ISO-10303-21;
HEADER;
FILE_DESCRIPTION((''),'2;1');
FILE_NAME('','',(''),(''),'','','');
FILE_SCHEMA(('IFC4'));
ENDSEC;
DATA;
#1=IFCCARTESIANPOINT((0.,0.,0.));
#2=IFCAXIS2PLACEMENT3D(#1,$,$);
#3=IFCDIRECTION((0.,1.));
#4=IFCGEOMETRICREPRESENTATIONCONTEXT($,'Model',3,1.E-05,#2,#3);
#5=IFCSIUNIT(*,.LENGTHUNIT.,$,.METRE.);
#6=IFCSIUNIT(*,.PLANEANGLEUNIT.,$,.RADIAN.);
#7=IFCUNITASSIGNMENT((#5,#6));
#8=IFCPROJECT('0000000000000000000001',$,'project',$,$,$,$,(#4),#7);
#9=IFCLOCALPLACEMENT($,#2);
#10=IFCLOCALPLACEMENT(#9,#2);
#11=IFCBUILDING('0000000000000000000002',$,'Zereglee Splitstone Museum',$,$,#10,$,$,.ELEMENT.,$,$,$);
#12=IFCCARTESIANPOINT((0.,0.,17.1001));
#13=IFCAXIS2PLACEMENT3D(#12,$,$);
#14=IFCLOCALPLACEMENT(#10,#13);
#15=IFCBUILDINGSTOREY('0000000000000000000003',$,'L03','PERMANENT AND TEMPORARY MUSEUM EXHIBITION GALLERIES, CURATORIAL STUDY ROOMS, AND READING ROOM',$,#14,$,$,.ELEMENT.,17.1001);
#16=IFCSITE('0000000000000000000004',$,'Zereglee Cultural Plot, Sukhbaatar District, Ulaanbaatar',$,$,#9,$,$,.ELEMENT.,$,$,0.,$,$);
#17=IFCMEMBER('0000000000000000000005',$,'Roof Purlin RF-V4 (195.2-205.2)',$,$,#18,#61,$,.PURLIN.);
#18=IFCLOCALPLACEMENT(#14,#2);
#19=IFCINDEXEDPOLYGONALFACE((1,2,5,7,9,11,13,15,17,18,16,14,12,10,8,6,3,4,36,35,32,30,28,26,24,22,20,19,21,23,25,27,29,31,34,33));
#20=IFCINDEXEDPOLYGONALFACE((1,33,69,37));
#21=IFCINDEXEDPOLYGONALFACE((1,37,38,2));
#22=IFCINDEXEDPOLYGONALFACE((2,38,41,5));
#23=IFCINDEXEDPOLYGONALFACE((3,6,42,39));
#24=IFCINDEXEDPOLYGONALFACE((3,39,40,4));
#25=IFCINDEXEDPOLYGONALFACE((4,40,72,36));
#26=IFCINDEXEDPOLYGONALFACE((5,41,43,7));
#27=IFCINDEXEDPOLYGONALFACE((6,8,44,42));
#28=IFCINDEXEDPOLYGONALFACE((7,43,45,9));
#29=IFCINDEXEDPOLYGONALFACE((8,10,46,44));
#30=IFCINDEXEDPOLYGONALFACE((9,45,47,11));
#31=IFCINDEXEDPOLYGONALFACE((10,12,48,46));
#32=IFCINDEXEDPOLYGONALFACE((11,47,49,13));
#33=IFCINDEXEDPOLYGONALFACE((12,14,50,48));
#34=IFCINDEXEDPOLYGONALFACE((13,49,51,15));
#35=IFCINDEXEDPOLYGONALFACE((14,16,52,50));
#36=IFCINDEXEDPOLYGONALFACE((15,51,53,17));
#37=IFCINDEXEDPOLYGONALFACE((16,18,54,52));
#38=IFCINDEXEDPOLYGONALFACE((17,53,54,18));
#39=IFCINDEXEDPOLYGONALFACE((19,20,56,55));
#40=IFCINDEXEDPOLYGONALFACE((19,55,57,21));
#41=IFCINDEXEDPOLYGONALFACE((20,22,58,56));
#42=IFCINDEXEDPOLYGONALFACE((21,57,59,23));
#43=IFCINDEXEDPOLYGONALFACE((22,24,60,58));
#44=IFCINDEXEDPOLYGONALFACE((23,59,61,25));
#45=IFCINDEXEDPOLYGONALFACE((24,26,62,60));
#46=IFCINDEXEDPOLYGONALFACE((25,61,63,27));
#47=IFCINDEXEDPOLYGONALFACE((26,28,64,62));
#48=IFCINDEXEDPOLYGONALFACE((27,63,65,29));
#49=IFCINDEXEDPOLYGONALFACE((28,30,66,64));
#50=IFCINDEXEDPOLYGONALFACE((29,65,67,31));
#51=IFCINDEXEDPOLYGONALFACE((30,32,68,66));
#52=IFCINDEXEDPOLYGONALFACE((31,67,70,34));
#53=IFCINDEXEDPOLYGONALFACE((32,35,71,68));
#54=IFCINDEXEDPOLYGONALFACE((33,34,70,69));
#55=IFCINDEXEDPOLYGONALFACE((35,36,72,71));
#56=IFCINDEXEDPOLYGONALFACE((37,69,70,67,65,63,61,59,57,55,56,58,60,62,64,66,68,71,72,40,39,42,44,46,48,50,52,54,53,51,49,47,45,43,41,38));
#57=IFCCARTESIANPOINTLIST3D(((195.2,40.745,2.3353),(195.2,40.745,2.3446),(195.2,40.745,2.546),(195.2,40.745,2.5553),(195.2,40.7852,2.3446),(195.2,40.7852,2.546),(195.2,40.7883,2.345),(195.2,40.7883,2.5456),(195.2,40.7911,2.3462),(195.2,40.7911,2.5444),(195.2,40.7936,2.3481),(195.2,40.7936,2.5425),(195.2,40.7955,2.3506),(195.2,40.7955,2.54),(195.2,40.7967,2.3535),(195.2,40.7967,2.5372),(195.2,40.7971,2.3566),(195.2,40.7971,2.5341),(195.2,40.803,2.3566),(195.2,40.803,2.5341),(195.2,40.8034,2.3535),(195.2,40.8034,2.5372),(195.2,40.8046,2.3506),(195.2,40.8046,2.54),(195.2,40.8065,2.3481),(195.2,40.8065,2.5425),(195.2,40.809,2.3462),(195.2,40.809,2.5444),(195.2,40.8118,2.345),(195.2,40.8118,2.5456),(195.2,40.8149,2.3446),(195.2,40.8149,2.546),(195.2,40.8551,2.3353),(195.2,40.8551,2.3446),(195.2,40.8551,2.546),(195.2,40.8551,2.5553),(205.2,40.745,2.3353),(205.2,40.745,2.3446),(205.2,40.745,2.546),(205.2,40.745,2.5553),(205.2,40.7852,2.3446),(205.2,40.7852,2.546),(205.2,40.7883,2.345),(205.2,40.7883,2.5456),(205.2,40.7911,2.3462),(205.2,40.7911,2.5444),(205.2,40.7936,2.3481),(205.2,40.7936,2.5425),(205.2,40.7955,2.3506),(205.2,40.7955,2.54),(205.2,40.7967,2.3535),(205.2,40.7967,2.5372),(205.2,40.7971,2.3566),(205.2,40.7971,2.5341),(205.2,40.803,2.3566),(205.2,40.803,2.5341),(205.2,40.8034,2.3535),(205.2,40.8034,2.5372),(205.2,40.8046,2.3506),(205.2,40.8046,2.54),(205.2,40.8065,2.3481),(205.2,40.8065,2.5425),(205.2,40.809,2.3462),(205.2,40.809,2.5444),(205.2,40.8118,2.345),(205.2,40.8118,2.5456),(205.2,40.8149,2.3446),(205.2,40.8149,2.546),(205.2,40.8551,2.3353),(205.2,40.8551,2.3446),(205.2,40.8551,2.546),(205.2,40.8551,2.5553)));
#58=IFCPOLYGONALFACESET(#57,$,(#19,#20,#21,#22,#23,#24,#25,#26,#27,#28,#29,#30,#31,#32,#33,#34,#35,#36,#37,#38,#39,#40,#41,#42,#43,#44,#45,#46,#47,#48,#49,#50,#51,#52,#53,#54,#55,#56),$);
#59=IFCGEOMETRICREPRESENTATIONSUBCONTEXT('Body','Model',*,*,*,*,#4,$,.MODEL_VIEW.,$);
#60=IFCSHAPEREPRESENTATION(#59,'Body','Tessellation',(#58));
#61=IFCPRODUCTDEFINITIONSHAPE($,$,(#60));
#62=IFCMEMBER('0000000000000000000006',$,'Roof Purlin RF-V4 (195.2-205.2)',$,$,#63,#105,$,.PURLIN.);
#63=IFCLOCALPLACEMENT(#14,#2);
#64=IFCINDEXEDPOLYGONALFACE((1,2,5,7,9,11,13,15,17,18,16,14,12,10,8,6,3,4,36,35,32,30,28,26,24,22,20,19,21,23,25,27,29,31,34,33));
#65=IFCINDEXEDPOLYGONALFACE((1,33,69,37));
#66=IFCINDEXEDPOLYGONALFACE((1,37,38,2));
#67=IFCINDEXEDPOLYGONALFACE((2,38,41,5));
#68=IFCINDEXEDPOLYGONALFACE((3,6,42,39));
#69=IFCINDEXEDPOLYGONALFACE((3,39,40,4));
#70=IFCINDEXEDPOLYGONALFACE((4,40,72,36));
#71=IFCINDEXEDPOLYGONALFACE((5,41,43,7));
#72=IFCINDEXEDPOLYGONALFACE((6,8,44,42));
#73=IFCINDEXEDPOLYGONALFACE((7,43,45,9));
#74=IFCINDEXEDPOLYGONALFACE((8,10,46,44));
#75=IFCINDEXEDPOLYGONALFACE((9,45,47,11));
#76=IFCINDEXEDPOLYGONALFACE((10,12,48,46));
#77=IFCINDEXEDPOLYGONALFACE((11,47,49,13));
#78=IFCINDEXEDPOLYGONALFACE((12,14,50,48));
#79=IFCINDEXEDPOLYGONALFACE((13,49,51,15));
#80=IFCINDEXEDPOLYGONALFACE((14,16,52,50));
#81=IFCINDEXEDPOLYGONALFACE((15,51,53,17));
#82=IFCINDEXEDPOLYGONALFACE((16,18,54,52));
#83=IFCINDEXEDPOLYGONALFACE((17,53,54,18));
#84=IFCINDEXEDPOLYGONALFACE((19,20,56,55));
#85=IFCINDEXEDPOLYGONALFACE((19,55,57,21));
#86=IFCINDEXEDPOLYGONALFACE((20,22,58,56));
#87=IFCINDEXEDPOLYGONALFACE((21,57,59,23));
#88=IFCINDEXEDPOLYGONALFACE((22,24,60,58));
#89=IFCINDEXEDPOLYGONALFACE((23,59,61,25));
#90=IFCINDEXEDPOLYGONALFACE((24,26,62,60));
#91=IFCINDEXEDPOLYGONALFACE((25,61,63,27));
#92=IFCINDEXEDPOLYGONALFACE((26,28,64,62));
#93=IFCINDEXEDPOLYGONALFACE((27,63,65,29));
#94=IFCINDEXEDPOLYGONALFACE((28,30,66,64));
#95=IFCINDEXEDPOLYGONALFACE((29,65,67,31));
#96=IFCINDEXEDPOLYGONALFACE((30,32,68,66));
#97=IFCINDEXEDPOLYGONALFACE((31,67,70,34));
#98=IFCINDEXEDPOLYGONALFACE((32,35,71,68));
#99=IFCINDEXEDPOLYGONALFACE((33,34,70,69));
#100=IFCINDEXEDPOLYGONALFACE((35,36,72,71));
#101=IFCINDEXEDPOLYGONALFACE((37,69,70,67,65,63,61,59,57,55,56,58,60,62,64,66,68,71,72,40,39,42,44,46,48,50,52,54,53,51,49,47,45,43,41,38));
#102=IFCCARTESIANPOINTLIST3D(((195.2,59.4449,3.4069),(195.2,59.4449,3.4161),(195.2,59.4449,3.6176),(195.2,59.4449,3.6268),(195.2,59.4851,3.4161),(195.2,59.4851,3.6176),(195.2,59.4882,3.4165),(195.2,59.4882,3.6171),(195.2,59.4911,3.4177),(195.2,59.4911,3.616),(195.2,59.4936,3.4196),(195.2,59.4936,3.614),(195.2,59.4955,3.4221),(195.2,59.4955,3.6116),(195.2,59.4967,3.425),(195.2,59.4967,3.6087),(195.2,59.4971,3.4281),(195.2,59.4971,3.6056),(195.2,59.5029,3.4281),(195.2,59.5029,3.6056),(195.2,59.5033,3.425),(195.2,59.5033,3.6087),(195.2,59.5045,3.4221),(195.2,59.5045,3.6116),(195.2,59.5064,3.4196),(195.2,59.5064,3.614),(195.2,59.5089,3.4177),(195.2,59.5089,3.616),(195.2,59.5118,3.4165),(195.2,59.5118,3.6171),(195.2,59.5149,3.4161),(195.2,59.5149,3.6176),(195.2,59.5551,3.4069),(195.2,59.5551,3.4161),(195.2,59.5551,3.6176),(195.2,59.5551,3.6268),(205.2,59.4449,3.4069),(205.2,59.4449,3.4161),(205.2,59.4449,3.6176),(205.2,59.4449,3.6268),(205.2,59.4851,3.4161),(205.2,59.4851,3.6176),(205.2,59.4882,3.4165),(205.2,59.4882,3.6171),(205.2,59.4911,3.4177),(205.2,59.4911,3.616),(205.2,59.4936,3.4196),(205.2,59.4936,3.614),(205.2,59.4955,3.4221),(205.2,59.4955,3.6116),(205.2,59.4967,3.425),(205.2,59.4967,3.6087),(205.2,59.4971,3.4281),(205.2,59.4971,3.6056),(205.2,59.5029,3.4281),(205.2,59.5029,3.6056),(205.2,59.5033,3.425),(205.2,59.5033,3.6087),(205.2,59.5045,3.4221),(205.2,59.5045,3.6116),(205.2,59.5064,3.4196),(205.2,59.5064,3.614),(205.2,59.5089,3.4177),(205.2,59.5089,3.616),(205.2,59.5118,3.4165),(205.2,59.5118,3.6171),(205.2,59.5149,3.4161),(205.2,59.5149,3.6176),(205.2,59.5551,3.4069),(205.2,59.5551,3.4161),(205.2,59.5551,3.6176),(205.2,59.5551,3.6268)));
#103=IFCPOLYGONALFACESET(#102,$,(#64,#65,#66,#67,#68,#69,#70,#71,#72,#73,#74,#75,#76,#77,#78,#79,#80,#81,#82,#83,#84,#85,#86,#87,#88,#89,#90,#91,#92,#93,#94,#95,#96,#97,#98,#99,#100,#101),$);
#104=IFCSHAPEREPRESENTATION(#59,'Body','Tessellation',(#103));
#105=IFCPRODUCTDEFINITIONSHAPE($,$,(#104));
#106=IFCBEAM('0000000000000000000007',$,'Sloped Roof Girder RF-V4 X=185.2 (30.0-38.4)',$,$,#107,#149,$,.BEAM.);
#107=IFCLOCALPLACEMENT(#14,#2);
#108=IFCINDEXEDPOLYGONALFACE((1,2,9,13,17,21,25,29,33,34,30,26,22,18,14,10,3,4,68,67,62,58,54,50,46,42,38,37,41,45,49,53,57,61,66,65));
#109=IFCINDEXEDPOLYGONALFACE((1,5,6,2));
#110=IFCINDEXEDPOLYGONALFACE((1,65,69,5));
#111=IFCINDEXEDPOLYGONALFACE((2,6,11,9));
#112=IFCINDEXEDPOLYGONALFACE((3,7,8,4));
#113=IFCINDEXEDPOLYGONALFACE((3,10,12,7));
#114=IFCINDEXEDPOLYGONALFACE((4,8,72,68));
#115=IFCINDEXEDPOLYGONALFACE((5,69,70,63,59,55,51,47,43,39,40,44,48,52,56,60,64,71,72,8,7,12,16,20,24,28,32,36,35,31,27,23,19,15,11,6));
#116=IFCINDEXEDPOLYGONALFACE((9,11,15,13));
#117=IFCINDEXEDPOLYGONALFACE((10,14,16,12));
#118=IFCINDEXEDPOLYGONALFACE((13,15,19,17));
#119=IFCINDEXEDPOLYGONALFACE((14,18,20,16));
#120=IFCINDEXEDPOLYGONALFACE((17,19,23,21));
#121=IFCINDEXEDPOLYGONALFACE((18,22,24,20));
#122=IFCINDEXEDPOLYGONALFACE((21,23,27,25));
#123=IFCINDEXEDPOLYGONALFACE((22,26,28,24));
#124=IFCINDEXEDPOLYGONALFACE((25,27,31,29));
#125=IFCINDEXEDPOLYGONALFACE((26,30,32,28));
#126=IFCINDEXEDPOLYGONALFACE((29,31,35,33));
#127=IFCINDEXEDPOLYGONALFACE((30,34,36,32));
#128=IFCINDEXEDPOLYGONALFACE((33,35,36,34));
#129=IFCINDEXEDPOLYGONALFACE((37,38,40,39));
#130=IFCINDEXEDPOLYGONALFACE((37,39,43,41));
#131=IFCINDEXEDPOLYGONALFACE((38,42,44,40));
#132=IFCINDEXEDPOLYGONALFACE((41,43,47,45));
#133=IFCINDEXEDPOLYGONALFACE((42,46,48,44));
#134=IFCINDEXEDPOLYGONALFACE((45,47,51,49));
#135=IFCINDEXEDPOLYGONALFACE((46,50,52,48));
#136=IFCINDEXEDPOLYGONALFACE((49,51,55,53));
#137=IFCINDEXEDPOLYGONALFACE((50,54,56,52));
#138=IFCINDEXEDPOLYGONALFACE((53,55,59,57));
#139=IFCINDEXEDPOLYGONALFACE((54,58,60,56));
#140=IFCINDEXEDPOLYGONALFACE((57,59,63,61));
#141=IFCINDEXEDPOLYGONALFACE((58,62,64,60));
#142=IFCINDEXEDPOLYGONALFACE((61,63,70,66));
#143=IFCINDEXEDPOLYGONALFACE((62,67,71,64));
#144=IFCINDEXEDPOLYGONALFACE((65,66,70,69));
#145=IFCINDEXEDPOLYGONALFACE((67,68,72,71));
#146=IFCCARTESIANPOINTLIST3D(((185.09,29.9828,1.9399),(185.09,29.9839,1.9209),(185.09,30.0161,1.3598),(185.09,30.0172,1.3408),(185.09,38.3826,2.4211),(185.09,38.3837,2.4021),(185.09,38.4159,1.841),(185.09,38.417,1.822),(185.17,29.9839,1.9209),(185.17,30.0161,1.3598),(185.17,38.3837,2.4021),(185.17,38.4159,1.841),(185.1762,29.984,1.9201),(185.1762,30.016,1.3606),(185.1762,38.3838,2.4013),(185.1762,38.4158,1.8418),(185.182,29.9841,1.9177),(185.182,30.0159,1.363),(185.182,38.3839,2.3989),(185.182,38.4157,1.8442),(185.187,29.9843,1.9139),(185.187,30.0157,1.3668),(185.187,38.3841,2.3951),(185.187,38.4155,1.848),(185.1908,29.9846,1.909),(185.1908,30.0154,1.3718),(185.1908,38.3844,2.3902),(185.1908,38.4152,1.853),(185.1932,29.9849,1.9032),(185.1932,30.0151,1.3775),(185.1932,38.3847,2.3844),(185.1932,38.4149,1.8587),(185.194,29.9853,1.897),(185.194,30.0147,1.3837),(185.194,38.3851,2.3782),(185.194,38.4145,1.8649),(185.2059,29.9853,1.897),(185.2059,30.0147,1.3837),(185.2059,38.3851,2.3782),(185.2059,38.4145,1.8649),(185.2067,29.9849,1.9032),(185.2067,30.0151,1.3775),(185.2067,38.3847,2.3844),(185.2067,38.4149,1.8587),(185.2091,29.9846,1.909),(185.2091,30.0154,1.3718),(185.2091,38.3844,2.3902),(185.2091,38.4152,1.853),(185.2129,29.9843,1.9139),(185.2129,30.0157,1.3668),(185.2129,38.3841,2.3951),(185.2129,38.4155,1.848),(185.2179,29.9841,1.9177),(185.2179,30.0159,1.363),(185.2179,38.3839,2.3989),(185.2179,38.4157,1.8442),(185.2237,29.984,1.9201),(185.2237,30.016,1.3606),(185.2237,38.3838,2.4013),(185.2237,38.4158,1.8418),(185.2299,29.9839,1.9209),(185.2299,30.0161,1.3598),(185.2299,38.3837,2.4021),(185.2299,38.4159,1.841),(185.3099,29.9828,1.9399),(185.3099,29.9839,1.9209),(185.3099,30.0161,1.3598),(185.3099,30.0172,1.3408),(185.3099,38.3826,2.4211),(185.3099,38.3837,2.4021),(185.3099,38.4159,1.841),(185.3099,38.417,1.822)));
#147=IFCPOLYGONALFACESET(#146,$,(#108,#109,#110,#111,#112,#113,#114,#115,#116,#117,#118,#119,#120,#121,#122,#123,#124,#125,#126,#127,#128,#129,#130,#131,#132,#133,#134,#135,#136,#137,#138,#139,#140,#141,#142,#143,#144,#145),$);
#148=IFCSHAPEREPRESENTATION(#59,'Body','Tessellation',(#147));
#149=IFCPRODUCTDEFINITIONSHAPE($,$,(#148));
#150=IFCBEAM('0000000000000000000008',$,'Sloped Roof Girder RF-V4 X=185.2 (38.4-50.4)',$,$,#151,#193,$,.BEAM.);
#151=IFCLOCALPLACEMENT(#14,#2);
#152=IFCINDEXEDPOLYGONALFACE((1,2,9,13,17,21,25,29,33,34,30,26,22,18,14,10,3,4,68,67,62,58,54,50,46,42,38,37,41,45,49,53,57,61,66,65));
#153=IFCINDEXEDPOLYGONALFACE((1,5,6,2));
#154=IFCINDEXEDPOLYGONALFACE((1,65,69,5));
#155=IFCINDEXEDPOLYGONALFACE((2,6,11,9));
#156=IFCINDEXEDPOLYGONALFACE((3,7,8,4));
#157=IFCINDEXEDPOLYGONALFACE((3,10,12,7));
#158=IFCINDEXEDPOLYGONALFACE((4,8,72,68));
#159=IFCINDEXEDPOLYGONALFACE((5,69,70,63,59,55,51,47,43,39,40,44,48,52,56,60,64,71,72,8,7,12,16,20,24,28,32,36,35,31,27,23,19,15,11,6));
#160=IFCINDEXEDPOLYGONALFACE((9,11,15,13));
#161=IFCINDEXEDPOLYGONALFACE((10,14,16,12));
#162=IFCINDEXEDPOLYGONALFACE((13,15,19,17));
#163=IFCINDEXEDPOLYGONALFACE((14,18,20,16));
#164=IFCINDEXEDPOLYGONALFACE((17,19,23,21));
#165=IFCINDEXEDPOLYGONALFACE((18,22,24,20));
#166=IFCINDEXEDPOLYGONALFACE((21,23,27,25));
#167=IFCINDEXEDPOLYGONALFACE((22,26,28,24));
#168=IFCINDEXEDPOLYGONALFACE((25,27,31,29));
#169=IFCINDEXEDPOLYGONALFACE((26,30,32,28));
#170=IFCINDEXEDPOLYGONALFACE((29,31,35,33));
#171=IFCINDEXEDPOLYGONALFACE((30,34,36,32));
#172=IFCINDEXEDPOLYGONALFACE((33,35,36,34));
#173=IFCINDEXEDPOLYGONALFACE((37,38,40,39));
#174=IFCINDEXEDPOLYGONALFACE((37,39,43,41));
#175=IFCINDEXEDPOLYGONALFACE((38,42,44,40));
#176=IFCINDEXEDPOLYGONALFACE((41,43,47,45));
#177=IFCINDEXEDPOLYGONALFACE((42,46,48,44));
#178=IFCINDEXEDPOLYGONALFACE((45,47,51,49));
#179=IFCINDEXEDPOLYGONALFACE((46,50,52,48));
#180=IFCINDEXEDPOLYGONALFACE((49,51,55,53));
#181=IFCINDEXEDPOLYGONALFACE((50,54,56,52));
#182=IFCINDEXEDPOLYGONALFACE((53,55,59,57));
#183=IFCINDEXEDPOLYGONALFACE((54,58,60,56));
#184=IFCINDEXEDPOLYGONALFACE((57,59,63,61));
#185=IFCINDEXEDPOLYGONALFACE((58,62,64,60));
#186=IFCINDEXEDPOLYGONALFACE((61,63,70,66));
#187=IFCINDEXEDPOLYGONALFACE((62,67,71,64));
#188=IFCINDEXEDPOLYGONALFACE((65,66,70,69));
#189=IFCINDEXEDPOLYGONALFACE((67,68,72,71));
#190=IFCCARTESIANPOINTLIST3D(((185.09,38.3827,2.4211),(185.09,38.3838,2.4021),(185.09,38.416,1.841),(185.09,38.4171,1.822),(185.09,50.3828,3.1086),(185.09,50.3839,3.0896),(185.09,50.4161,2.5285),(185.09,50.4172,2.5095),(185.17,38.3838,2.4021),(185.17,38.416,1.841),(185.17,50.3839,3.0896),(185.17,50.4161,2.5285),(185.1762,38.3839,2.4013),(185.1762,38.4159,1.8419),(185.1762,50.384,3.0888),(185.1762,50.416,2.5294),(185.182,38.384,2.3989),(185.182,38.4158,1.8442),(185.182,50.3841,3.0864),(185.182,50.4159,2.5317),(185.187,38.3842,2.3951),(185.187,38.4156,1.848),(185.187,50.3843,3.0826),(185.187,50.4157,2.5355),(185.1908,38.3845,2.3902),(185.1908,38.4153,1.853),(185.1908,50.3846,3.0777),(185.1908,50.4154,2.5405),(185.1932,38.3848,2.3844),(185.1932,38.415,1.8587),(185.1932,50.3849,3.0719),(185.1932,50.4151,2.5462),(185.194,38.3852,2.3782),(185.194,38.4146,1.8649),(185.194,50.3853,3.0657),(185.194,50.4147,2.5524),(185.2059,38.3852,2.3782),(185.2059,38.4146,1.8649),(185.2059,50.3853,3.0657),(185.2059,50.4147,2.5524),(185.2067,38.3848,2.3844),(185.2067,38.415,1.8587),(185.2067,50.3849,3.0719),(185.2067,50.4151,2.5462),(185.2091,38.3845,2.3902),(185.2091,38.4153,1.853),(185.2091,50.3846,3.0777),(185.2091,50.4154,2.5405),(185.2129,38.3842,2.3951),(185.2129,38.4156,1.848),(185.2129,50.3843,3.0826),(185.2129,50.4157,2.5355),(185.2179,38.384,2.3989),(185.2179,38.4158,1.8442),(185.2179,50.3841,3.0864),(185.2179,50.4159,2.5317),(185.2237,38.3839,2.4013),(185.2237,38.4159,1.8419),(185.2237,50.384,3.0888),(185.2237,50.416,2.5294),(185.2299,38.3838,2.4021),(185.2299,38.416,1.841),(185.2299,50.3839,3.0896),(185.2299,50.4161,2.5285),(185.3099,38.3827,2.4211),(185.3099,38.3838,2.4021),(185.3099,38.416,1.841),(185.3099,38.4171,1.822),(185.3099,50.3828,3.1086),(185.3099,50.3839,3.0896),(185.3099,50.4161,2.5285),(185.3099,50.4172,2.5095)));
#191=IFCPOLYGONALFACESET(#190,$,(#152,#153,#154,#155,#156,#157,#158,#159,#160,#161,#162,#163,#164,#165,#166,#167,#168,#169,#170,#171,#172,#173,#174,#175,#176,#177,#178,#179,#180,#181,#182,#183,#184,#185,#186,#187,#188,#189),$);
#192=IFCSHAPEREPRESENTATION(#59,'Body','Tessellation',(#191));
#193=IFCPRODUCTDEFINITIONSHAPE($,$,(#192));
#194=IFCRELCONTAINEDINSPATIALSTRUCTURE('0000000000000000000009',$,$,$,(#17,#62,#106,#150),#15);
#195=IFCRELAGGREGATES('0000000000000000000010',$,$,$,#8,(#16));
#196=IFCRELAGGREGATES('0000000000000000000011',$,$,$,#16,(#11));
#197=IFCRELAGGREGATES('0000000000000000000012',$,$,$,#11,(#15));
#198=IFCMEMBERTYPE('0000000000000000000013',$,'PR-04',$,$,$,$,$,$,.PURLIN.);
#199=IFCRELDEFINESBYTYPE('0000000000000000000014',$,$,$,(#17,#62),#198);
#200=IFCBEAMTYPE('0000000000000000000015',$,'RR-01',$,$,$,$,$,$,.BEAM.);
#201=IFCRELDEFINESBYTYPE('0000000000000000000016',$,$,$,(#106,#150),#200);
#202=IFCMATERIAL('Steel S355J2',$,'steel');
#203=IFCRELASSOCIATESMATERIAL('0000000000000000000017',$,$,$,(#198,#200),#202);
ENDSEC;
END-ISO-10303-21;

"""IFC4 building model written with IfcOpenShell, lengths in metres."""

from ifc_helpers import new_model, si_unit, direction, frame, origin, origin_2d, place, context, subcontext, project, spatial, i_section, extrude, material, material_profile, profile_set, type_object, element, save


model = new_model("IFC4")

# Units and contexts
model_context = context("Model", 3, precision=1e-05, world=origin(), true_north=direction((0.0, 1.0)))
body_context = subcontext(model_context, "Body", "Model", "MODEL_VIEW")
ifc_project = project(units=[si_unit("LENGTHUNIT", "METRE"), si_unit("PLANEANGLEUNIT", "RADIAN")], contexts=[model_context])

# Site, building, storey
site_placement = place(None, origin())
site = spatial("IfcSite", under=ifc_project, at=site_placement, Name="Zereglee Cultural Plot, Sukhbaatar District, Ulaanbaatar", CompositionType="ELEMENT", RefElevation=0.0)
building_placement = place(site_placement, origin())
building = spatial("IfcBuilding", under=site, at=building_placement, Name="Zereglee Splitstone Museum", CompositionType="ELEMENT")
storey_placement = place(building_placement, frame((0.0, 0.0, 17.1001)))
storey = spatial("IfcBuildingStorey", under=building, at=storey_placement, Name="L03", Description="PERMANENT AND TEMPORARY MUSEUM EXHIBITION GALLERIES, CURATORIAL STUDY ROOMS, AND READING ROOM", CompositionType="ELEMENT", Elevation=17.1001)

# Shared definitions
ifc_material_1 = material(Name="Steel S355J2", Category="steel")

# Members
ifc_material_profile_1 = material_profile(ifc_material_1, i_section(OverallWidth=0.1101, OverallDepth=0.22, WebThickness=0.0059, FlangeThickness=0.0093, FilletRadius=0.012, at=origin_2d()), Name="IPE 220")
ifc_profile_set_1 = profile_set([ifc_material_profile_1], Name="Steel S355J2")
member_type = type_object("IfcMemberType", Name="PR-04", PredefinedType="PURLIN", material=ifc_profile_set_1)
for number, where, z_axis, x_axis, name in (
    (1, (195.2, 40.8, 2.4453), (1.0, 0.0, 0.0), (0.0, 1.0, 0.0), "Roof Purlin RF-V4 (195.2-205.2)"),
    (2, (195.2, 59.5, 3.5168), (1.0, 0.0, 0.0), (0.0, 1.0, 0.0), "Roof Purlin RF-V4 (195.2-205.2)"),
):
    element("IfcMember", number, at=place(storey_placement, frame(where, z_axis=z_axis, x_axis=x_axis)), inside=storey, type_object=member_type, Name=name, PredefinedType="PURLIN", context=body_context, shape_type="SweptSolid", body=[
        extrude(i_section(OverallWidth=0.1101, OverallDepth=0.22, WebThickness=0.0059, FlangeThickness=0.0093, FilletRadius=0.012, at=origin_2d()), origin(), (0.0, 0.0, 1.0), 10.0),
    ])

# Beams
ifc_material_profile_2 = material_profile(ifc_material_1, i_section(OverallWidth=0.22, OverallDepth=0.6001, WebThickness=0.012, FlangeThickness=0.019, FilletRadius=0.0239, at=origin_2d()), Name="IPE 600")
ifc_profile_set_2 = profile_set([ifc_material_profile_2], Name="Steel S355J2")
beam_type = type_object("IfcBeamType", Name="RR-01", PredefinedType="BEAM", material=ifc_profile_set_2)
beam_1_placement = place(storey_placement, frame((185.2, 30.0, 1.6404), z_axis=(0.0, 0.998363, 0.057193), x_axis=(-1.0, 0.0, 0.0)))
element("IfcBeam", 3, at=beam_1_placement, inside=storey, type_object=beam_type, Name="Sloped Roof Girder RF-V4 X=185.2 (30.0-38.4)", PredefinedType="BEAM", context=body_context, shape_type="SweptSolid", body=[
    extrude(i_section(OverallWidth=0.22, OverallDepth=0.6001, WebThickness=0.012, FlangeThickness=0.019, FilletRadius=0.0239, at=origin_2d()), origin(), (0.0, 0.0, 1.0), 8.4136),
])
beam_2_placement = place(storey_placement, frame((185.2, 38.3999, 2.1216), z_axis=(0.0, 0.998363, 0.057198), x_axis=(-1.0, 0.0, 0.0)))
element("IfcBeam", 4, at=beam_2_placement, inside=storey, type_object=beam_type, Name="Sloped Roof Girder RF-V4 X=185.2 (38.4-50.4)", PredefinedType="BEAM", context=body_context, shape_type="SweptSolid", body=[
    extrude(i_section(OverallWidth=0.22, OverallDepth=0.6001, WebThickness=0.012, FlangeThickness=0.019, FilletRadius=0.0239, at=origin_2d()), origin(), (0.0, 0.0, 1.0), 12.0198),
])

save(model, "model.ifc")
